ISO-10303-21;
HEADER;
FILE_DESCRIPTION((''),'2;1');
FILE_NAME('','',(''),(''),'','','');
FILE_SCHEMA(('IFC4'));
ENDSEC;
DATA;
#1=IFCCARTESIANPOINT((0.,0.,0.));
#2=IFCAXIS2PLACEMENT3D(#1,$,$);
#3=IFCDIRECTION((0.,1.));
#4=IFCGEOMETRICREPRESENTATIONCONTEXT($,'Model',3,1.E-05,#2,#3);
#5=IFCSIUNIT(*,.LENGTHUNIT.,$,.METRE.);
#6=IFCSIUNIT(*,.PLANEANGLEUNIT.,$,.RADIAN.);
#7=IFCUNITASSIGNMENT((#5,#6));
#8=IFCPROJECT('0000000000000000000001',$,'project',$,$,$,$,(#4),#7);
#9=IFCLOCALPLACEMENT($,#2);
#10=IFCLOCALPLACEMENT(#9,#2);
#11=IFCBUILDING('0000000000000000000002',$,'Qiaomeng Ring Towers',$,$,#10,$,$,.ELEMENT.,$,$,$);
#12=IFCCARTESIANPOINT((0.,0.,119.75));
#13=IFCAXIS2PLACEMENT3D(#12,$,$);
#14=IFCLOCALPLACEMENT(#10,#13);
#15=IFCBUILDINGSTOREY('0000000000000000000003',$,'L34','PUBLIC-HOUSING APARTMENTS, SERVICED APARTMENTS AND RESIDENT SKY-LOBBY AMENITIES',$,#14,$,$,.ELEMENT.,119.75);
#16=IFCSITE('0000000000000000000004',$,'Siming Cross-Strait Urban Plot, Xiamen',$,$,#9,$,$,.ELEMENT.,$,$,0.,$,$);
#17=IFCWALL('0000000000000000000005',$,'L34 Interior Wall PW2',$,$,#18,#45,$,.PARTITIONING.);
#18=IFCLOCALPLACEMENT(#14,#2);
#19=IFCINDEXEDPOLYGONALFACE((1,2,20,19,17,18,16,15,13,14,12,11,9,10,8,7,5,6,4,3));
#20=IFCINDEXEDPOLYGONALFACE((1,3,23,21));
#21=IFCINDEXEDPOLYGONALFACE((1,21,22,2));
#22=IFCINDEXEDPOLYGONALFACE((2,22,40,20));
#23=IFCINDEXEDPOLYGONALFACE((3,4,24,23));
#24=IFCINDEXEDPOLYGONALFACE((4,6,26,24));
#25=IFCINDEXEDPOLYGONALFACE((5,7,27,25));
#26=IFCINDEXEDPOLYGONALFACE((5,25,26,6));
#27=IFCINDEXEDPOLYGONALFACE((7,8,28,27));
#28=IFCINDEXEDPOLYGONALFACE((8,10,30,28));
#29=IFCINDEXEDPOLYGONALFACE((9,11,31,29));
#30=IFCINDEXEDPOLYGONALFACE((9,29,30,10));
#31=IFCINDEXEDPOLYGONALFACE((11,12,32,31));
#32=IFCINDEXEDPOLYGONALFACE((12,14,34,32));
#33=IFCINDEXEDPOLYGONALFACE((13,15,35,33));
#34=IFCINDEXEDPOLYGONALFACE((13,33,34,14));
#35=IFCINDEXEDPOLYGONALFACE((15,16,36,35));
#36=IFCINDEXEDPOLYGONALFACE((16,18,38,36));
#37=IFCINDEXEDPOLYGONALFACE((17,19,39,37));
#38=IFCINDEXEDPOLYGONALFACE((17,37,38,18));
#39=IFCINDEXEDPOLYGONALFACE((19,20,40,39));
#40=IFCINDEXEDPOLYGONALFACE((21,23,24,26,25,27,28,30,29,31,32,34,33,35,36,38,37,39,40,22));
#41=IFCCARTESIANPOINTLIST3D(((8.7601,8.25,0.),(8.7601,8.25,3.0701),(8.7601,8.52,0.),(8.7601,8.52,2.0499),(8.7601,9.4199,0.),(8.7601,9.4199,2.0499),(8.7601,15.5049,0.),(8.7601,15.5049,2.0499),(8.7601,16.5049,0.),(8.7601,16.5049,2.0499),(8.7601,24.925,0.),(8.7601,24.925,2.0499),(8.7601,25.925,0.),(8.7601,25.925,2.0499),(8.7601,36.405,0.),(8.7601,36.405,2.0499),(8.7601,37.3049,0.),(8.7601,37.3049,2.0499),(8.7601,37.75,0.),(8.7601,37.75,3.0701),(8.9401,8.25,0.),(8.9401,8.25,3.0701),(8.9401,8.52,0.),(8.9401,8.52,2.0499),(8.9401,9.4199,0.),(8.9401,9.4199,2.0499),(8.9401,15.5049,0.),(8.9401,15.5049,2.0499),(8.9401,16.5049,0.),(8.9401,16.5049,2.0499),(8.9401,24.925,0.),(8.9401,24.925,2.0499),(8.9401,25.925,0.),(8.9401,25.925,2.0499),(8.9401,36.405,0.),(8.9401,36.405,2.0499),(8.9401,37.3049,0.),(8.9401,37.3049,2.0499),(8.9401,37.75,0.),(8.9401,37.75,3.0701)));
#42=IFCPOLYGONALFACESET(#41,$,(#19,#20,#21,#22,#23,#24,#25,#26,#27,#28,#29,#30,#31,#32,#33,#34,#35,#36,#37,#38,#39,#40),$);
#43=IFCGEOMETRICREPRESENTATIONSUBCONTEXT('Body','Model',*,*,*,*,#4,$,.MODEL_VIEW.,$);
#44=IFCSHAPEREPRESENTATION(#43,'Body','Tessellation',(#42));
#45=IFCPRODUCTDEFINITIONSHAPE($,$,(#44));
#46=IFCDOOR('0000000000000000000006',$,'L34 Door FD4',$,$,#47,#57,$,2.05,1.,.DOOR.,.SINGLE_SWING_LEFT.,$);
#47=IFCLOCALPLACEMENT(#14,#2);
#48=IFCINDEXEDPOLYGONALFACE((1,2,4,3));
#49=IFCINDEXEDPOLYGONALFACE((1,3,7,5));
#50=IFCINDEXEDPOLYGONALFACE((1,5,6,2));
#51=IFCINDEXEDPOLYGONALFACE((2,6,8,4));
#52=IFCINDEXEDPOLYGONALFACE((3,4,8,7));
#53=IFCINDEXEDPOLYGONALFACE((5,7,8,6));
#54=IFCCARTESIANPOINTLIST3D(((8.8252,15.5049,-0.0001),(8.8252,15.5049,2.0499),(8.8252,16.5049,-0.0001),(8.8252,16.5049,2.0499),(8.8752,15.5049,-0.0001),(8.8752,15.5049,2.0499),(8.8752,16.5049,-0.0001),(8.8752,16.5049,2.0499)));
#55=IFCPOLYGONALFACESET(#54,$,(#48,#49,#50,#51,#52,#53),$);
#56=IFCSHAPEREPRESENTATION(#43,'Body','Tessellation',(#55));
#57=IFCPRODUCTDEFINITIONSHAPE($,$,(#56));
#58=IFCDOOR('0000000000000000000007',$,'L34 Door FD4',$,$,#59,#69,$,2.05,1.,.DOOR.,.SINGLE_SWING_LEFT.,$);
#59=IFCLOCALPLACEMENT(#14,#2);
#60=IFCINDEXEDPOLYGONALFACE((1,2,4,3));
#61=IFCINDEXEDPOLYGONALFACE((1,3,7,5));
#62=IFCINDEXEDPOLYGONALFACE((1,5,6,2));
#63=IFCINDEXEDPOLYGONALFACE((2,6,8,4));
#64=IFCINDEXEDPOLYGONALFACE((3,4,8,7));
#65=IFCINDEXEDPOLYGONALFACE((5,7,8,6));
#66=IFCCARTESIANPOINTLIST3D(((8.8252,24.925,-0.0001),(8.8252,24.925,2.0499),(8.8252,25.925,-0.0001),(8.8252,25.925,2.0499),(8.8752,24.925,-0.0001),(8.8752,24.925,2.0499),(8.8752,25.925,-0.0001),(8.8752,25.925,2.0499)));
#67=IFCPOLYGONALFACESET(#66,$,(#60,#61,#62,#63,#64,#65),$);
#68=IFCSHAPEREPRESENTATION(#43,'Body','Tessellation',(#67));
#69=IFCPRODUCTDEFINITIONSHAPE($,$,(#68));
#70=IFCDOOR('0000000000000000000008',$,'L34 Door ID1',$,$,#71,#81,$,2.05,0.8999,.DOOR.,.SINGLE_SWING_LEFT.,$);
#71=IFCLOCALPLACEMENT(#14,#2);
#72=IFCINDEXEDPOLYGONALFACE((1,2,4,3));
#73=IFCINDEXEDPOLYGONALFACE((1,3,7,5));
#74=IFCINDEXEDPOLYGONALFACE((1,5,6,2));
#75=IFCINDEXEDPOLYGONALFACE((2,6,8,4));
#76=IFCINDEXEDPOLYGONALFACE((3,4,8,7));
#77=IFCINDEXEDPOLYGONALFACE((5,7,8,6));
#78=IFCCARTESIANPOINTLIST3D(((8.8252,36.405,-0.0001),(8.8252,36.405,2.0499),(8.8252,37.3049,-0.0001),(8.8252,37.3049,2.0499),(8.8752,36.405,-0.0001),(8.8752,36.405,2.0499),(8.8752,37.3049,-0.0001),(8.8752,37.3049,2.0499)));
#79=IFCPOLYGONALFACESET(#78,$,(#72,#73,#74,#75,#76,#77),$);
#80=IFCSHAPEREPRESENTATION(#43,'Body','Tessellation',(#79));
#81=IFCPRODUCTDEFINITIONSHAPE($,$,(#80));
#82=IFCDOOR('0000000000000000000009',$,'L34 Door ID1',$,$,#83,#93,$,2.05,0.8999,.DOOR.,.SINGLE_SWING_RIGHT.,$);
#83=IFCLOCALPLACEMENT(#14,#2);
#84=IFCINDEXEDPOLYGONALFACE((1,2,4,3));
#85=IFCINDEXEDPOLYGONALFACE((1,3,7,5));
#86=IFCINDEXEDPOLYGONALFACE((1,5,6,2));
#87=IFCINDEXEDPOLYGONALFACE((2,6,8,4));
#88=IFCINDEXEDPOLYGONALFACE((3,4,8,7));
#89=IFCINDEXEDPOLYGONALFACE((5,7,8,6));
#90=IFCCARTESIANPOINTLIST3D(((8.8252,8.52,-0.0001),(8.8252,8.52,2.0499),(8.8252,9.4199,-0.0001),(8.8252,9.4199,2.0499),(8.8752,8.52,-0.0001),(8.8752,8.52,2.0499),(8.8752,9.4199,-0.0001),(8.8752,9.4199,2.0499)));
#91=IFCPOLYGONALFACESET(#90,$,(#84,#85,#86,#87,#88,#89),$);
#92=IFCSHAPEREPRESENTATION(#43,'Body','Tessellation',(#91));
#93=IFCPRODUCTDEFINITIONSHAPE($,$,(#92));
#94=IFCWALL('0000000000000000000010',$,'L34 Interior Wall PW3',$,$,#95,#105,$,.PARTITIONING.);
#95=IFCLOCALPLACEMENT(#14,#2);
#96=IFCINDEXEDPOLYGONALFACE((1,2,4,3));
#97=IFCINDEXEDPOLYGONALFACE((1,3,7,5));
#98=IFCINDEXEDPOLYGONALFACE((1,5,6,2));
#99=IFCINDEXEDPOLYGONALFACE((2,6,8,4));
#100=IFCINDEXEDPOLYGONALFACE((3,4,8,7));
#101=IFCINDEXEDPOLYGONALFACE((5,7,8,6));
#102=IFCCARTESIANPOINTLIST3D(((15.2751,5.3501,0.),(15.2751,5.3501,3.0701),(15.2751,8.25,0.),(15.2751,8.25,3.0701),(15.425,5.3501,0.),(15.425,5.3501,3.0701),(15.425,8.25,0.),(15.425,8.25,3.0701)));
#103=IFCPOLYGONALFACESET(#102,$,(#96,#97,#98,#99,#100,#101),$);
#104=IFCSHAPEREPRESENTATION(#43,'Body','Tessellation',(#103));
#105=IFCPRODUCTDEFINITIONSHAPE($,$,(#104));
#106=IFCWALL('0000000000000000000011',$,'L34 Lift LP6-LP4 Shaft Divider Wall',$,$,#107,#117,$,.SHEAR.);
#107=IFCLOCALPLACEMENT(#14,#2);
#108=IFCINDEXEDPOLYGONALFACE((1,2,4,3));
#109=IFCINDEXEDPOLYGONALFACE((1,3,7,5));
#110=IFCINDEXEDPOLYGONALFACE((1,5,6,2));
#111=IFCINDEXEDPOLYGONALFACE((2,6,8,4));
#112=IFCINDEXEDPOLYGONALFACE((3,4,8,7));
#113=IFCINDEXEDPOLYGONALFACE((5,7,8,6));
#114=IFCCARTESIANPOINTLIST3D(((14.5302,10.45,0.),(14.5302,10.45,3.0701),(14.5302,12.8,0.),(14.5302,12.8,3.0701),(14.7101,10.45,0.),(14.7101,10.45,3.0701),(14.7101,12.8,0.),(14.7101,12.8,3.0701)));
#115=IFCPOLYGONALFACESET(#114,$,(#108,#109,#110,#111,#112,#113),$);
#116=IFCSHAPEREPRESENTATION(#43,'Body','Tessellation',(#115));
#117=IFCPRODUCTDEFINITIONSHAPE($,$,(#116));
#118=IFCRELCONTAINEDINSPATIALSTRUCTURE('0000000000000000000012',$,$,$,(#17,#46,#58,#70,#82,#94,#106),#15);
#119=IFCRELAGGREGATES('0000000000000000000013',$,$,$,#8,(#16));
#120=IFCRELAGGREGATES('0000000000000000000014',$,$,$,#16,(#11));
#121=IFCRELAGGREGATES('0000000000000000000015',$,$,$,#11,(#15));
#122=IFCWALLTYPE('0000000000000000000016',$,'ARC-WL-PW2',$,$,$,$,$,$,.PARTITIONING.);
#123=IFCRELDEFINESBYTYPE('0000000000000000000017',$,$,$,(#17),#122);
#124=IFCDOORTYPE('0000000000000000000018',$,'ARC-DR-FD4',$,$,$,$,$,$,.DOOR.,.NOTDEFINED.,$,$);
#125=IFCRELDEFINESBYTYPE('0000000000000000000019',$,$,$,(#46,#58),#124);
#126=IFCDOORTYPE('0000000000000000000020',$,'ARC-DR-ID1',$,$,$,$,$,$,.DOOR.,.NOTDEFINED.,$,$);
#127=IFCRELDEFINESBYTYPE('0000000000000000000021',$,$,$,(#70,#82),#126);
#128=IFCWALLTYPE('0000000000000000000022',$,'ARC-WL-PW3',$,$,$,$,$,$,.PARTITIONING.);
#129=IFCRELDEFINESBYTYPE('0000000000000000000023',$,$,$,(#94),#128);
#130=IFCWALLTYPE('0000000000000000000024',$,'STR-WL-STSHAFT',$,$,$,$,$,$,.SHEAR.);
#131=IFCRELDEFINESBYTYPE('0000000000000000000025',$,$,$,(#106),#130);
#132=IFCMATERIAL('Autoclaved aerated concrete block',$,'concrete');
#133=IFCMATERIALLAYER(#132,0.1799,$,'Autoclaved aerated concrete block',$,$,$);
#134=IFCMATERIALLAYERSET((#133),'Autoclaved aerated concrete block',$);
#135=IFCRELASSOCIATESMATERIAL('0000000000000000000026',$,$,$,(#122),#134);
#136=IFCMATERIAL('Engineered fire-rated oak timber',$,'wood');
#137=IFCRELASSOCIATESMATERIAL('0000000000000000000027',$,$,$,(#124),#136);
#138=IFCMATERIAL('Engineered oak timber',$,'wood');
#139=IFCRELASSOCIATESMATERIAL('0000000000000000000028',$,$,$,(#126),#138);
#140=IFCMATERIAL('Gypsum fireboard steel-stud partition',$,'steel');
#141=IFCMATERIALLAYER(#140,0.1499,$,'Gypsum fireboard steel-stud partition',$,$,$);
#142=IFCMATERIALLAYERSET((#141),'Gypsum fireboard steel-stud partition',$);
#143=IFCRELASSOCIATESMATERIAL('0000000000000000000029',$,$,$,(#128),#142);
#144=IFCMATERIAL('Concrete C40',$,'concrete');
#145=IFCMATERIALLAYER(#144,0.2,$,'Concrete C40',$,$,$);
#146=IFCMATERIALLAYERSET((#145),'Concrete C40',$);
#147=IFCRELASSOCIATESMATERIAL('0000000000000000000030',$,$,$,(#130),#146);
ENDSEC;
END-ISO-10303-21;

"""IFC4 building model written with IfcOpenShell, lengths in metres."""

from ifc_helpers import new_model, si_unit, direction, frame, frame_2d, origin, place, context, subcontext, project, spatial, rectangle, extrude, source, transform, mapped, material, layer, layer_set, type_object, element, fill, save


model = new_model("IFC4")

# Units and contexts
model_context = context("Model", 3, precision=1e-05, world=origin(), true_north=direction((0.0, 1.0)))
body_context = subcontext(model_context, "Body", "Model", "MODEL_VIEW")
ifc_project = project(units=[si_unit("LENGTHUNIT", "METRE"), si_unit("PLANEANGLEUNIT", "RADIAN")], contexts=[model_context])

# Site, building, storey
site_placement = place(None, origin())
site = spatial("IfcSite", under=ifc_project, at=site_placement, Name="Siming Cross-Strait Urban Plot, Xiamen", CompositionType="ELEMENT", RefElevation=0.0)
building_placement = place(site_placement, origin())
building = spatial("IfcBuilding", under=site, at=building_placement, Name="Qiaomeng Ring Towers", CompositionType="ELEMENT")
storey_placement = place(building_placement, frame((0.0, 0.0, 119.75)))
storey = spatial("IfcBuildingStorey", under=building, at=storey_placement, Name="L34", Description="PUBLIC-HOUSING APARTMENTS, SERVICED APARTMENTS AND RESIDENT SKY-LOBBY AMENITIES", CompositionType="ELEMENT", Elevation=119.75)

# Wall, openings, doors
ifc_material_1 = material(Name="Autoclaved aerated concrete block", Category="concrete")
ifc_layer_1 = layer(ifc_material_1, 0.1799, Name="Autoclaved aerated concrete block")
ifc_layer_set_1 = layer_set([ifc_layer_1], Name="Autoclaved aerated concrete block")
wall_type_1 = type_object("IfcWallType", Name="ARC-WL-PW2", PredefinedType="PARTITIONING", material=ifc_layer_set_1)
wall_1_placement = place(storey_placement, frame((8.8501, 8.25, 0.0), z_axis=(0.0, 0.0, 1.0), x_axis=(0.0, 1.0, 0.0)))
wall_1 = element("IfcWall", 1, at=wall_1_placement, inside=storey, type_object=wall_type_1, Name="L34 Interior Wall PW2", PredefinedType="PARTITIONING", context=body_context, shape_type="SweptSolid", body=[
    extrude(rectangle(XDim=29.5, YDim=0.1799, at=frame_2d((14.75, 0.0))), origin(), (0.0, 0.0, 1.0), 3.0701),
])
opening_1_placement = place(wall_1_placement, frame((28.155, 0.0, 0.0)))
opening_1 = element("IfcOpeningElement", 2, at=opening_1_placement, cuts=wall_1, PredefinedType="OPENING", context=body_context, shape_type="SweptSolid", body=[
    extrude(rectangle(XDim=0.8999, YDim=2.05, at=frame_2d((0.45, 1.0249))), frame((0.0, 0.0999, 0.0), z_axis=(0.0, -1.0, 0.0), x_axis=(1.0, 0.0, 0.0)), (0.0, 0.0, 1.0), 0.2),
])
opening_2_placement = place(wall_1_placement, frame((0.27, 0.0, 0.0)))
opening_2 = element("IfcOpeningElement", 3, at=opening_2_placement, cuts=wall_1, PredefinedType="OPENING", context=body_context, shape_type="SweptSolid", body=[
    extrude(rectangle(XDim=0.8999, YDim=2.05, at=frame_2d((0.45, 1.0249))), frame((0.0, 0.0999, 0.0), z_axis=(0.0, -1.0, 0.0), x_axis=(1.0, 0.0, 0.0)), (0.0, 0.0, 1.0), 0.2),
])
opening_3_placement = place(wall_1_placement, frame((7.2549, 0.0, 0.0)))
opening_3 = element("IfcOpeningElement", 4, at=opening_3_placement, cuts=wall_1, PredefinedType="OPENING", context=body_context, shape_type="SweptSolid", body=[
    extrude(rectangle(XDim=1.0, YDim=2.05, at=frame_2d((0.5, 1.0249))), frame((0.0, 0.0999, 0.0), z_axis=(0.0, -1.0, 0.0), x_axis=(1.0, 0.0, 0.0)), (0.0, 0.0, 1.0), 0.2),
])
opening_4_placement = place(wall_1_placement, frame((16.675, 0.0, 0.0)))
opening_4 = element("IfcOpeningElement", 5, at=opening_4_placement, cuts=wall_1, PredefinedType="OPENING", context=body_context, shape_type="SweptSolid", body=[
    extrude(rectangle(XDim=1.0, YDim=2.05, at=frame_2d((0.5, 1.0249))), frame((0.0, 0.0999, 0.0), z_axis=(0.0, -1.0, 0.0), x_axis=(1.0, 0.0, 0.0)), (0.0, 0.0, 1.0), 0.2),
])
ifc_material_2 = material(Name="Engineered fire-rated oak timber", Category="wood")
door_type_1 = type_object("IfcDoorType", Name="ARC-DR-FD4", OperationType="NOTDEFINED", PredefinedType="DOOR", material=ifc_material_2)
shared_shape_1 = source(origin(), body_context, "Body", "SweptSolid", [
    extrude(rectangle(XDim=1.0, YDim=2.05, at=frame_2d((0.5, 1.0249))), frame((0.0, 0.0249, 0.0), z_axis=(0.0, -1.0, 0.0), x_axis=(1.0, 0.0, 0.0)), (0.0, 0.0, 1.0), 0.05),
])
door_1_placement = place(opening_3_placement, origin())
door_1 = element("IfcDoor", 6, at=door_1_placement, inside=storey, type_object=door_type_1, Name="L34 Door FD4", OperationType="SINGLE_SWING_LEFT", OverallHeight=2.05, OverallWidth=1.0, PredefinedType="DOOR", context=body_context, shape_type="MappedRepresentation", body=[
    mapped(shared_shape_1, transform((0.0, 0.0, 0.0), x_axis=(1.0, 0.0, 0.0), y_axis=(0.0, 1.0, 0.0), z_axis=(0.0, 0.0, 1.0), scale=1.0)),
])
fill(opening_3, door_1)
door_2_placement = place(opening_4_placement, origin())
door_2 = element("IfcDoor", 7, at=door_2_placement, inside=storey, type_object=door_type_1, Name="L34 Door FD4", OperationType="SINGLE_SWING_LEFT", OverallHeight=2.05, OverallWidth=1.0, PredefinedType="DOOR", context=body_context, shape_type="MappedRepresentation", body=[
    mapped(shared_shape_1, transform((0.0, 0.0, 0.0), x_axis=(1.0, 0.0, 0.0), y_axis=(0.0, 1.0, 0.0), z_axis=(0.0, 0.0, 1.0), scale=1.0)),
])
fill(opening_4, door_2)
ifc_material_3 = material(Name="Engineered oak timber", Category="wood")
door_type_2 = type_object("IfcDoorType", Name="ARC-DR-ID1", OperationType="NOTDEFINED", PredefinedType="DOOR", material=ifc_material_3)
shared_shape_2 = source(origin(), body_context, "Body", "SweptSolid", [
    extrude(rectangle(XDim=0.8999, YDim=2.05, at=frame_2d((0.45, 1.0249))), frame((0.0, 0.0249, 0.0), z_axis=(0.0, -1.0, 0.0), x_axis=(1.0, 0.0, 0.0)), (0.0, 0.0, 1.0), 0.05),
])
door_3_placement = place(opening_1_placement, origin())
door_3 = element("IfcDoor", 8, at=door_3_placement, inside=storey, type_object=door_type_2, Name="L34 Door ID1", OperationType="SINGLE_SWING_LEFT", OverallHeight=2.05, OverallWidth=0.8999, PredefinedType="DOOR", context=body_context, shape_type="MappedRepresentation", body=[
    mapped(shared_shape_2, transform((0.0, 0.0, 0.0), x_axis=(1.0, 0.0, 0.0), y_axis=(0.0, 1.0, 0.0), z_axis=(0.0, 0.0, 1.0), scale=1.0)),
])
fill(opening_1, door_3)
door_4_placement = place(opening_2_placement, origin())
door_4 = element("IfcDoor", 9, at=door_4_placement, inside=storey, type_object=door_type_2, Name="L34 Door ID1", OperationType="SINGLE_SWING_RIGHT", OverallHeight=2.05, OverallWidth=0.8999, PredefinedType="DOOR", context=body_context, shape_type="MappedRepresentation", body=[
    mapped(shared_shape_2, transform((0.0, 0.0, 0.0), x_axis=(1.0, 0.0, 0.0), y_axis=(0.0, 1.0, 0.0), z_axis=(0.0, 0.0, 1.0), scale=1.0)),
])
fill(opening_2, door_4)

# Walls
ifc_material_4 = material(Name="Gypsum fireboard steel-stud partition", Category="steel")
ifc_layer_2 = layer(ifc_material_4, 0.1499, Name="Gypsum fireboard steel-stud partition")
ifc_layer_set_2 = layer_set([ifc_layer_2], Name="Gypsum fireboard steel-stud partition")
wall_type_2 = type_object("IfcWallType", Name="ARC-WL-PW3", PredefinedType="PARTITIONING", material=ifc_layer_set_2)
wall_2_placement = place(storey_placement, frame((15.3501, 5.3501, 0.0), z_axis=(0.0, 0.0, 1.0), x_axis=(0.0, 1.0, 0.0)))
element("IfcWall", 10, at=wall_2_placement, inside=storey, type_object=wall_type_2, Name="L34 Interior Wall PW3", PredefinedType="PARTITIONING", context=body_context, shape_type="SweptSolid", body=[
    extrude(rectangle(XDim=2.8999, YDim=0.1499, at=frame_2d((1.45, 0.0))), origin(), (0.0, 0.0, 1.0), 3.0701),
])
ifc_material_5 = material(Name="Concrete C40", Category="concrete")
ifc_layer_3 = layer(ifc_material_5, 0.2, Name="Concrete C40")
ifc_layer_set_3 = layer_set([ifc_layer_3], Name="Concrete C40")
wall_type_3 = type_object("IfcWallType", Name="STR-WL-STSHAFT", PredefinedType="SHEAR", material=ifc_layer_set_3)
wall_3_placement = place(storey_placement, frame((14.6201, 10.45, 0.0), z_axis=(0.0, 0.0, 1.0), x_axis=(0.0, 1.0, 0.0)))
element("IfcWall", 11, at=wall_3_placement, inside=storey, type_object=wall_type_3, Name="L34 Lift LP6-LP4 Shaft Divider Wall", PredefinedType="SHEAR", context=body_context, shape_type="SweptSolid", body=[
    extrude(rectangle(XDim=2.3501, YDim=0.1799, at=frame_2d((1.175, 0.0))), origin(), (0.0, 0.0, 1.0), 3.0701),
])

save(model, "model.ifc")
